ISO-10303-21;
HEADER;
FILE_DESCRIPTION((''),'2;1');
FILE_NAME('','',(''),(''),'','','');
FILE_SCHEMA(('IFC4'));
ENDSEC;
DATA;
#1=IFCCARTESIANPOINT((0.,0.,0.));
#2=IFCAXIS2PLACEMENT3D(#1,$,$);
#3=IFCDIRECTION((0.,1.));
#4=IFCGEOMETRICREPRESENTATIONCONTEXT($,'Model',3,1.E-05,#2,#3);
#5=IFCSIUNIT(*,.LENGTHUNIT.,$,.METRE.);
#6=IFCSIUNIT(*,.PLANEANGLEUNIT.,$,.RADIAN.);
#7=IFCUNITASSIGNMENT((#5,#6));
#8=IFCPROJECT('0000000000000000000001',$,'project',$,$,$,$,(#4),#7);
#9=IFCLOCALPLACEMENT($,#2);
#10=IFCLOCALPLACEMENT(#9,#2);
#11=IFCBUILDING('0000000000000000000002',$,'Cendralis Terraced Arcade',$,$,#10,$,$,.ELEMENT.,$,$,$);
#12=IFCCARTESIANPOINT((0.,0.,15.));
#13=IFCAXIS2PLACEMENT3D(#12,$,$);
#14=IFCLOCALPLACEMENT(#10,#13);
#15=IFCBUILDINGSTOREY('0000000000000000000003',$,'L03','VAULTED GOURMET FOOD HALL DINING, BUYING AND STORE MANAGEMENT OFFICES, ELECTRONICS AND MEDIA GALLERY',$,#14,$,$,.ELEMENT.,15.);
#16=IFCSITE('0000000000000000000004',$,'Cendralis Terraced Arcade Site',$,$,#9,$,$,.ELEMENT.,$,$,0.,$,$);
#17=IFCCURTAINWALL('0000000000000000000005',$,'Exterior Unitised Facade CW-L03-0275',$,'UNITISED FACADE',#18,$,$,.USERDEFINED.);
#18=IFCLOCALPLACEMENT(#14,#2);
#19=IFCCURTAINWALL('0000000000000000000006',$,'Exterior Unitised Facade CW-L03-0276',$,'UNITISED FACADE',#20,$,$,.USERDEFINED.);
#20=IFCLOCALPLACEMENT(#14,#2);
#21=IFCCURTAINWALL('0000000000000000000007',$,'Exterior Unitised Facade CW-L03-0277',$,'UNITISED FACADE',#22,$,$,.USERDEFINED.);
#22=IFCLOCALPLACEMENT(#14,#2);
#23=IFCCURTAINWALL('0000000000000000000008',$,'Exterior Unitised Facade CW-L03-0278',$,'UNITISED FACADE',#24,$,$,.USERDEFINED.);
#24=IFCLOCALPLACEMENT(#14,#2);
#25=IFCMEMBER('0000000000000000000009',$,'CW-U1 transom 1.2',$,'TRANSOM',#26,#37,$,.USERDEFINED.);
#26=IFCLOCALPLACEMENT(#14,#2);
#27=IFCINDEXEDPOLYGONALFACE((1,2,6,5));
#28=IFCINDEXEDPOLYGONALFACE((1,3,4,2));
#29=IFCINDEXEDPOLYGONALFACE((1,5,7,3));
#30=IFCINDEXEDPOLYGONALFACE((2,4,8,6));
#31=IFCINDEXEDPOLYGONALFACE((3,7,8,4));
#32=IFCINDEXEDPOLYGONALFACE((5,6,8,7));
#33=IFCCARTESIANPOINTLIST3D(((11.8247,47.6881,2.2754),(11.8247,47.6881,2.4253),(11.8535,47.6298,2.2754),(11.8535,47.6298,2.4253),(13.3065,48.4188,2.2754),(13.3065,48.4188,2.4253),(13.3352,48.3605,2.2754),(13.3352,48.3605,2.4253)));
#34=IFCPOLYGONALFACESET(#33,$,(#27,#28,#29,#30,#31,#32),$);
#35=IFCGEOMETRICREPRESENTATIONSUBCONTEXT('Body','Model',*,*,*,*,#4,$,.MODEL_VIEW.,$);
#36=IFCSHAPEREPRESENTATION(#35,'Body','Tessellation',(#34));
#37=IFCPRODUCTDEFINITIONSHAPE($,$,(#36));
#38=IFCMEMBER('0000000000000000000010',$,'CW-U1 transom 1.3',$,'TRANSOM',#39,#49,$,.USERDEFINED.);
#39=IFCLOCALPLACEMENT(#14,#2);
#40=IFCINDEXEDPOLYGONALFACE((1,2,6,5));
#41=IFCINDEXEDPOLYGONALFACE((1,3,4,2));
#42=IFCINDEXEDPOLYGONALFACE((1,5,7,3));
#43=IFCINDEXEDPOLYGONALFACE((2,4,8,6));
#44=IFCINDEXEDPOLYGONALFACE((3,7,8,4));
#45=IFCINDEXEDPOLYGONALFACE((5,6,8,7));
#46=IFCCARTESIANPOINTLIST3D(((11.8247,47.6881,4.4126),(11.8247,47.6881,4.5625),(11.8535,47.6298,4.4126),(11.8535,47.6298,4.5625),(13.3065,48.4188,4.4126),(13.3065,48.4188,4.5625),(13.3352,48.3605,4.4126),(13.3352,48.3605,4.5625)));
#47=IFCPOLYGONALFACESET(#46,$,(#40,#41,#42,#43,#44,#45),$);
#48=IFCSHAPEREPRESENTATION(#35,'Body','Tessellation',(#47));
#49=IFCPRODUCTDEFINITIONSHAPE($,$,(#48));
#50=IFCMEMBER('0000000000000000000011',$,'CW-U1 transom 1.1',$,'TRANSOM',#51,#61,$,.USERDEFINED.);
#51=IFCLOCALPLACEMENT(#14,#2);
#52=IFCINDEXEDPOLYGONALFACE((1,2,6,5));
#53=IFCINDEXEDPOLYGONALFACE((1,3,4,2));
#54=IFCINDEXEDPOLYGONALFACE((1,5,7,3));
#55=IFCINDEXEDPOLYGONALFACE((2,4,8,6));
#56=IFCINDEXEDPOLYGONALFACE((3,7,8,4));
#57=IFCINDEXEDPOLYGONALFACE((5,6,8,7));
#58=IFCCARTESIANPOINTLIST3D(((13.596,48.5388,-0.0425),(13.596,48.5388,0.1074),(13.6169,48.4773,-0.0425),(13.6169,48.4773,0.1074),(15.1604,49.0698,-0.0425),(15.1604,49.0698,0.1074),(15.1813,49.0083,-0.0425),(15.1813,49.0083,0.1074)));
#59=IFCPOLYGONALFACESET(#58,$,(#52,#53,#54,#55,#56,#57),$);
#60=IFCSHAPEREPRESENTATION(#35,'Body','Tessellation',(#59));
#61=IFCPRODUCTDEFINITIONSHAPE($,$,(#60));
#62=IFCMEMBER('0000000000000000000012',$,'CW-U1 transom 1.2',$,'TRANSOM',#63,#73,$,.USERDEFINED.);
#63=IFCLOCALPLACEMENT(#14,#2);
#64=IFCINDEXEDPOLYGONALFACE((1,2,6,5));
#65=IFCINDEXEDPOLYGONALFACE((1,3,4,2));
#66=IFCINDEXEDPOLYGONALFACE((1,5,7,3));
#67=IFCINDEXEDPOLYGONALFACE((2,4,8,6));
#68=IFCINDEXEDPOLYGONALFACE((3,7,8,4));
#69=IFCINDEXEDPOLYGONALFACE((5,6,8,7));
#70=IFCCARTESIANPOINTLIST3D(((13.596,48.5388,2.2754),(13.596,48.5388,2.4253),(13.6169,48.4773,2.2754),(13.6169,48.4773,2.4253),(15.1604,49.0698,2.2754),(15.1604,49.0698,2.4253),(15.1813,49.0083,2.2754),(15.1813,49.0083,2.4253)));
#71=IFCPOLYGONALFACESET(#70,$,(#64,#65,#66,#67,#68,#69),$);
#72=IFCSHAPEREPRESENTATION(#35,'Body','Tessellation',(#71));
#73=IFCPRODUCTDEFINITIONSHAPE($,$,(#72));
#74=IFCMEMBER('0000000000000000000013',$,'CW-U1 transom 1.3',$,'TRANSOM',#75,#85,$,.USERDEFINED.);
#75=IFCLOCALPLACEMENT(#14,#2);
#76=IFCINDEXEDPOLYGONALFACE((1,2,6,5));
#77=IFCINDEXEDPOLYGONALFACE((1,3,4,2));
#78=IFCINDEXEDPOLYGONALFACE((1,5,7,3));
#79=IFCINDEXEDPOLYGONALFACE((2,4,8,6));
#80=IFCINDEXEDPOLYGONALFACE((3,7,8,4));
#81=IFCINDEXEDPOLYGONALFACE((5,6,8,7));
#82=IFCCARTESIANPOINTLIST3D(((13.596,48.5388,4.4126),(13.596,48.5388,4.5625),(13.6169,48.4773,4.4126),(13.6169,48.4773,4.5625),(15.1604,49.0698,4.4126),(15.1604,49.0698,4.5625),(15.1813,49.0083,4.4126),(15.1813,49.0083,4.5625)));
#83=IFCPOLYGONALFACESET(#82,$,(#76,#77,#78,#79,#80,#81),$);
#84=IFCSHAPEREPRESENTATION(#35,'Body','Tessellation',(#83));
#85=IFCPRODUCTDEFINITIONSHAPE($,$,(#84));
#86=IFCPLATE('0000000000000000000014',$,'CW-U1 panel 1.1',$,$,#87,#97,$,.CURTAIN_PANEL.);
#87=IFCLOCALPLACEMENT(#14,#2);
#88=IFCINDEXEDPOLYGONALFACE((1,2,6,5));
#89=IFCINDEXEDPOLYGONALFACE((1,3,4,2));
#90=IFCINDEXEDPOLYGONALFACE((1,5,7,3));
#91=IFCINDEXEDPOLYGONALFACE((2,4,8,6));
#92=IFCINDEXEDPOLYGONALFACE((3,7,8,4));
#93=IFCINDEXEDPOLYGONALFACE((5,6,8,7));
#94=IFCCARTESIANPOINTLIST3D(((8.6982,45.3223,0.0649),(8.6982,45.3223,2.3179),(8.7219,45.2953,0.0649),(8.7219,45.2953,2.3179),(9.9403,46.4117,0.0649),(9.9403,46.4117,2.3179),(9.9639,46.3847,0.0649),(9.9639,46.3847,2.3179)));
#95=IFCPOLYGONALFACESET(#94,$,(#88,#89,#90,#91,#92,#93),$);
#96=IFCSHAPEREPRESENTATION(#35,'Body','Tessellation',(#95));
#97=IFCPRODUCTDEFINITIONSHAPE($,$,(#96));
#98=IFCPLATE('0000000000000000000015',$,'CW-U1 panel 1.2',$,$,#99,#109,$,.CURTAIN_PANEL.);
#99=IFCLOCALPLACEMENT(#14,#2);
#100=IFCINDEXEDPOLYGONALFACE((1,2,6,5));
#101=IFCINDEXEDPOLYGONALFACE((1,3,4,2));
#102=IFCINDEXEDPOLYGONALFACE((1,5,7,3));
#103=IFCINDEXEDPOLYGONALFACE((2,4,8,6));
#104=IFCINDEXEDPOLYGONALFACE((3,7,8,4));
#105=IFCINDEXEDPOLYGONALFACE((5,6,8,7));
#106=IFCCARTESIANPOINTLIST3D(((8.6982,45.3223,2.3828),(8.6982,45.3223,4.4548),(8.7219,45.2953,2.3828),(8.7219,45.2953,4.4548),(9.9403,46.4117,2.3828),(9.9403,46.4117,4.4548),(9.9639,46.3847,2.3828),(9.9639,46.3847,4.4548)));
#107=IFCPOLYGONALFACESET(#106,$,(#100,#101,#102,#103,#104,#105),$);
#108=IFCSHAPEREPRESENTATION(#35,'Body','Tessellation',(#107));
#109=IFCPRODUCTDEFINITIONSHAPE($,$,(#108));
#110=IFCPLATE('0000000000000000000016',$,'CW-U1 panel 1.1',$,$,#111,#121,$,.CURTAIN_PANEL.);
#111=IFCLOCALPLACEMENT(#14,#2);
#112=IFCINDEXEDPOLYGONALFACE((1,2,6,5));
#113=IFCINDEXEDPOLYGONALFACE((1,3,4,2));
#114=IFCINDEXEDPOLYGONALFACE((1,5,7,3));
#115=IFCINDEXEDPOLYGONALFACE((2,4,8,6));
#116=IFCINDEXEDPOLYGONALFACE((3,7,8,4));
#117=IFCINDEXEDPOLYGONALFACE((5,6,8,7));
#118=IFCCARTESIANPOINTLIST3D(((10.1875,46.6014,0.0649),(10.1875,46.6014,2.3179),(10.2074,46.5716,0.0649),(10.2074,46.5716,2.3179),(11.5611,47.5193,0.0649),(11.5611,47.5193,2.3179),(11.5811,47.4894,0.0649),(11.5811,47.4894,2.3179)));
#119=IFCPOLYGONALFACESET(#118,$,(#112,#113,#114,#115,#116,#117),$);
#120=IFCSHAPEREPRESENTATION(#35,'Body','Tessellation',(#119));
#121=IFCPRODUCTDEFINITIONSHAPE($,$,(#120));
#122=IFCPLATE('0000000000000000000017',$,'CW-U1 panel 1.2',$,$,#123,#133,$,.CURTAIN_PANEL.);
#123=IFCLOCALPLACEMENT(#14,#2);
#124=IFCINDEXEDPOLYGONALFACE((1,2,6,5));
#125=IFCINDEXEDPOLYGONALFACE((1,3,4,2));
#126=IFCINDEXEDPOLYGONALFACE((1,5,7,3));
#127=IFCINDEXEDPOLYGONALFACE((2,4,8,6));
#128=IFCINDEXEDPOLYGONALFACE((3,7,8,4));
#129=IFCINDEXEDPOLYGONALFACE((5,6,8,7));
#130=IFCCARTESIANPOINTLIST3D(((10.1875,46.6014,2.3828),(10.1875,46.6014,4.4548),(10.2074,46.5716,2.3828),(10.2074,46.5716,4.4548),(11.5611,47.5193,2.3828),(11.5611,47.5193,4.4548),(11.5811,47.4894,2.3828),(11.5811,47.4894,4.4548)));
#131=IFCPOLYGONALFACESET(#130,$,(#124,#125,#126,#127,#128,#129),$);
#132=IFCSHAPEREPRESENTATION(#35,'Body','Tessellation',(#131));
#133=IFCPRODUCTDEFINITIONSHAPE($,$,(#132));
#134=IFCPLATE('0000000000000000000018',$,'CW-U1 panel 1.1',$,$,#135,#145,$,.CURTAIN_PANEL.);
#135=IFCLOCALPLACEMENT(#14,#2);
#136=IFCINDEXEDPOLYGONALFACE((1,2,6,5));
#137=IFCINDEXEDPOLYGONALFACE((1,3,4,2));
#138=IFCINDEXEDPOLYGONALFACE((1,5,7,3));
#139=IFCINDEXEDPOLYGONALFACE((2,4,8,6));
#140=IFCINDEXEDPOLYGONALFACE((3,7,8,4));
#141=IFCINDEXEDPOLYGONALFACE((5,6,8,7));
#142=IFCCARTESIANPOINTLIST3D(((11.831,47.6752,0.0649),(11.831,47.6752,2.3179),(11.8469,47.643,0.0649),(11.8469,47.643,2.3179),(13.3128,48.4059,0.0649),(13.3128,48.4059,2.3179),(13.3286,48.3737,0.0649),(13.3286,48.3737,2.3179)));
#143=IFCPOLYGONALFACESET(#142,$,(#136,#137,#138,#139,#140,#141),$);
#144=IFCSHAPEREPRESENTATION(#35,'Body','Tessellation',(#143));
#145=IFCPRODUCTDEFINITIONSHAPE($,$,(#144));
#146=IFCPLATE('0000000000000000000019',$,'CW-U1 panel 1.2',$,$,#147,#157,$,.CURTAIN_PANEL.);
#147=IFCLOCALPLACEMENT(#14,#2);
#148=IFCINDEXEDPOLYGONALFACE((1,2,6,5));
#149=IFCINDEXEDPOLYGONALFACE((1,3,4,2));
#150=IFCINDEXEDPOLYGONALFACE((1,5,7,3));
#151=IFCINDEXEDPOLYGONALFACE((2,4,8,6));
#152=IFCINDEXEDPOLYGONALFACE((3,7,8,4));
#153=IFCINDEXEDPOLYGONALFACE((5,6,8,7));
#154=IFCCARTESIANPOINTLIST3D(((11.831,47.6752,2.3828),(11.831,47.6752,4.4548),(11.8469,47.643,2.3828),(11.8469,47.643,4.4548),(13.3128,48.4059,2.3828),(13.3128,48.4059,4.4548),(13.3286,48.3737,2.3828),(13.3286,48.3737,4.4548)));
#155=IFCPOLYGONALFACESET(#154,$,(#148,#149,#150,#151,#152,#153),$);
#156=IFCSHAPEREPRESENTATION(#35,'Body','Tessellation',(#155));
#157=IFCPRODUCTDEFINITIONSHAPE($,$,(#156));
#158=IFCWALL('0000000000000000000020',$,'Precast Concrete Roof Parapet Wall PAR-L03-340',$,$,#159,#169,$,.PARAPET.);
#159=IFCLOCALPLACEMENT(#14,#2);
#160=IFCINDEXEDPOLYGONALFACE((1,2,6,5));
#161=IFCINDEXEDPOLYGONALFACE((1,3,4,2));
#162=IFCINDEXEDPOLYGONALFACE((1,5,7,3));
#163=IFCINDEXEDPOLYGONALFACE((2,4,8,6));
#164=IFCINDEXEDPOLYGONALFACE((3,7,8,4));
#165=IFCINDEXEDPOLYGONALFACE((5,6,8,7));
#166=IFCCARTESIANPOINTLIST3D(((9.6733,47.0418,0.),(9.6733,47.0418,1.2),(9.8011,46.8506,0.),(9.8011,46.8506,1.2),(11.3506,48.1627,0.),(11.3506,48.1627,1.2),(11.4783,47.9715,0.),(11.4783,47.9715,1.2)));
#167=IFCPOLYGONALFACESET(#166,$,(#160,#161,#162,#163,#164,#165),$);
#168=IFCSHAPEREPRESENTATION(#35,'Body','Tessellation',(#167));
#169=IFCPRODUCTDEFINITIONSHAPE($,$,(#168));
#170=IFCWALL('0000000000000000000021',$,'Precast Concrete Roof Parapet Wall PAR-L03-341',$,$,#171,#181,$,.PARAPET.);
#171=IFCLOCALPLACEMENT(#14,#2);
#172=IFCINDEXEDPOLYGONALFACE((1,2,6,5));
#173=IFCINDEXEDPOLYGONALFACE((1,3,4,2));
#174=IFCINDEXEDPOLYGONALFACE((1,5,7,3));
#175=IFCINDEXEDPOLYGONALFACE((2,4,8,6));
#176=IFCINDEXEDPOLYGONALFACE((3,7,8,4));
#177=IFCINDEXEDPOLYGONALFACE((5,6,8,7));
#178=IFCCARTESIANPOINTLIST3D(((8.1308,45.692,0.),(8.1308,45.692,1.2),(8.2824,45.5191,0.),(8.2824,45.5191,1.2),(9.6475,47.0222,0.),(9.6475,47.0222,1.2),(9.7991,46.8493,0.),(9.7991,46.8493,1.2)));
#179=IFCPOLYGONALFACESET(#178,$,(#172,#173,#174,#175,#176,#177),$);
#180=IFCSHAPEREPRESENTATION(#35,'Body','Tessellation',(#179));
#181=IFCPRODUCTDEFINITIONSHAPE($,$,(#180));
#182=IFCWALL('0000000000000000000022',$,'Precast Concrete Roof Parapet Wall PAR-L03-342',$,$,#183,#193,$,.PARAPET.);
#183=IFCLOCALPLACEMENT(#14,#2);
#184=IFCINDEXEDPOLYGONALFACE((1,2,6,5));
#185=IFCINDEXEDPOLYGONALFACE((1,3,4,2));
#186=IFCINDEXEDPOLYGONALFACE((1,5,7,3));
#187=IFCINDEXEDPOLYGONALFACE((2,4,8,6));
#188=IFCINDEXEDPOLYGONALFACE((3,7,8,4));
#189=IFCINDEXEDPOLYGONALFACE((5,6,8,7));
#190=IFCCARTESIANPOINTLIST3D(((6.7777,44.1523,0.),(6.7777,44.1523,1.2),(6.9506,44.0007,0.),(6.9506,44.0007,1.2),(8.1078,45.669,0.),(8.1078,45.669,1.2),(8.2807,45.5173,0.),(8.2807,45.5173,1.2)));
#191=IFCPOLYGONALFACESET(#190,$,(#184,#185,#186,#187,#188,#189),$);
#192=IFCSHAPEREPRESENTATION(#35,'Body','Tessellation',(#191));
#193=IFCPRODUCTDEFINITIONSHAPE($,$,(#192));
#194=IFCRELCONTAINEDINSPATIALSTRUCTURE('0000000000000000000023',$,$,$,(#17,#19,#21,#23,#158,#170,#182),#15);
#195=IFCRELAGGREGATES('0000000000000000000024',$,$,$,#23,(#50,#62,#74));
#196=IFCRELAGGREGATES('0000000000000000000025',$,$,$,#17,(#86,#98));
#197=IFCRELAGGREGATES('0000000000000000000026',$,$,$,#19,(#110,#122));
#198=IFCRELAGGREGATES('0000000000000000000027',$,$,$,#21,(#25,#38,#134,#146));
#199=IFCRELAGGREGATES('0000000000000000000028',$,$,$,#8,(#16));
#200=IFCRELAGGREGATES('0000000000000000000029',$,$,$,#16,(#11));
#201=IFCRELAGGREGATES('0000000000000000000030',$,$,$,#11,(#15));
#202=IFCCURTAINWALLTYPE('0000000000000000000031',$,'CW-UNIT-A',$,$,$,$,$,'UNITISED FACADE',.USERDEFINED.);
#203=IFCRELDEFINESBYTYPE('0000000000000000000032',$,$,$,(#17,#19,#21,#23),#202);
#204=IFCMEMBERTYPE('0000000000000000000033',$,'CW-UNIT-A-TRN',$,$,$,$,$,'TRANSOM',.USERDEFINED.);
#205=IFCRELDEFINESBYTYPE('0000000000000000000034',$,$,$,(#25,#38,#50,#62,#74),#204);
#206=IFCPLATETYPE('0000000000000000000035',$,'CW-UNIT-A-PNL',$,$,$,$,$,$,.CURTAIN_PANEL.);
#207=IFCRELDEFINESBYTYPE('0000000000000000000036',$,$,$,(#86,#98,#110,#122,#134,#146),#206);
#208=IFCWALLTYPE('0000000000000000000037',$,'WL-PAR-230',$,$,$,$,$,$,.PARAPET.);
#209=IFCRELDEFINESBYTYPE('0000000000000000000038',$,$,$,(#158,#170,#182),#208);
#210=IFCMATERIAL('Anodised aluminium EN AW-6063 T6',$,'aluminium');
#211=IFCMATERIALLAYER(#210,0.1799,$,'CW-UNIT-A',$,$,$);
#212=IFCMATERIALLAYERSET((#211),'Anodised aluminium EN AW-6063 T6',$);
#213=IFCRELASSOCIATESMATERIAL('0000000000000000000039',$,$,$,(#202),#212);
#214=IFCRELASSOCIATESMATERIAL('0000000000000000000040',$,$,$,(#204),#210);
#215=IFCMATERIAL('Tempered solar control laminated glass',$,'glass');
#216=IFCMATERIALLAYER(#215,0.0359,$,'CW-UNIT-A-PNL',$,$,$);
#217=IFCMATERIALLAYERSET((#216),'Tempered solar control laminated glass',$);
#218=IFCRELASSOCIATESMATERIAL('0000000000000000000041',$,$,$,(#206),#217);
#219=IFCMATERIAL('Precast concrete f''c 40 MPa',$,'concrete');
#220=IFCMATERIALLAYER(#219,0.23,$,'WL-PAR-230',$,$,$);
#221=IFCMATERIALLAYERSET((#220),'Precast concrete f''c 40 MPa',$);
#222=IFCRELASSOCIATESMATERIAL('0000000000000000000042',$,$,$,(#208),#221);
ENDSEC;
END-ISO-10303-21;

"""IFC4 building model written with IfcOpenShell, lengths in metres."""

from ifc_helpers import new_model, si_unit, direction, frame, frame_2d, origin, origin_2d, place, context, subcontext, project, spatial, rectangle, extrude, material, layer, layer_set, material_profile, profile_set, type_object, element, aggregate, save


model = new_model("IFC4")

# Units and contexts
model_context = context("Model", 3, precision=1e-05, world=origin(), true_north=direction((0.0, 1.0)))
body_context = subcontext(model_context, "Body", "Model", "MODEL_VIEW")
ifc_project = project(units=[si_unit("LENGTHUNIT", "METRE"), si_unit("PLANEANGLEUNIT", "RADIAN")], contexts=[model_context])

# Site, building, storey
site_placement = place(None, origin())
site = spatial("IfcSite", under=ifc_project, at=site_placement, Name="Cendralis Terraced Arcade Site", CompositionType="ELEMENT", RefElevation=0.0)
building_placement = place(site_placement, origin())
building = spatial("IfcBuilding", under=site, at=building_placement, Name="Cendralis Terraced Arcade", CompositionType="ELEMENT")
storey_placement = place(building_placement, frame((0.0, 0.0, 15.0)))
storey = spatial("IfcBuildingStorey", under=building, at=storey_placement, Name="L03", Description="VAULTED GOURMET FOOD HALL DINING, BUYING AND STORE MANAGEMENT OFFICES, ELECTRONICS AND MEDIA GALLERY", CompositionType="ELEMENT", Elevation=15.0)

# Curtain walls
ifc_material_1 = material(Name="Anodised aluminium EN AW-6063 T6", Category="aluminium")
ifc_layer_1 = layer(ifc_material_1, 0.1799, Name="CW-UNIT-A")
ifc_layer_set_1 = layer_set([ifc_layer_1], Name="Anodised aluminium EN AW-6063 T6")
curtain_wall_type = type_object("IfcCurtainWallType", Name="CW-UNIT-A", ElementType="UNITISED FACADE", PredefinedType="USERDEFINED", material=ifc_layer_set_1)
curtain_wall_1_placement = place(storey_placement, origin())
curtain_wall_1 = element("IfcCurtainWall", 1, at=curtain_wall_1_placement, inside=storey, type_object=curtain_wall_type, Name="Exterior Unitised Facade CW-L03-0275", ObjectType="UNITISED FACADE", PredefinedType="USERDEFINED")
curtain_wall_2_placement = place(storey_placement, origin())
curtain_wall_2 = element("IfcCurtainWall", 2, at=curtain_wall_2_placement, inside=storey, type_object=curtain_wall_type, Name="Exterior Unitised Facade CW-L03-0276", ObjectType="UNITISED FACADE", PredefinedType="USERDEFINED")
curtain_wall_3_placement = place(storey_placement, origin())
curtain_wall_3 = element("IfcCurtainWall", 3, at=curtain_wall_3_placement, inside=storey, type_object=curtain_wall_type, Name="Exterior Unitised Facade CW-L03-0277", ObjectType="UNITISED FACADE", PredefinedType="USERDEFINED")

# Curtain wall
curtain_wall_4_placement = place(storey_placement, origin())
curtain_wall_4 = element("IfcCurtainWall", 4, at=curtain_wall_4_placement, inside=storey, type_object=curtain_wall_type, Name="Exterior Unitised Facade CW-L03-0278", ObjectType="UNITISED FACADE", PredefinedType="USERDEFINED")

# Members
ifc_material_profile_1 = material_profile(ifc_material_1, rectangle(XDim=0.0649, YDim=0.1499, at=origin_2d()), Name="ALU-TRN-65x150")
ifc_profile_set_1 = profile_set([ifc_material_profile_1], Name="Anodised aluminium EN AW-6063 T6")
member_type_1 = type_object("IfcMemberType", Name="CW-UNIT-A-TRN", ElementType="TRANSOM", PredefinedType="USERDEFINED", material=ifc_profile_set_1)
member_1_placement = place(storey_placement, frame((11.8391, 47.6589, 2.3503), z_axis=(0.896867, 0.442301, 0.0), x_axis=(-0.442301, 0.896867, 0.0)))
member_1 = element("IfcMember", 5, at=member_1_placement, type_object=member_type_1, Name="CW-U1 transom 1.2", ObjectType="TRANSOM", PredefinedType="USERDEFINED", context=body_context, shape_type="SweptSolid", body=[
    extrude(rectangle(XDim=0.0649, YDim=0.1499, at=origin_2d()), origin(), (0.0, 0.0, 1.0), 1.6521),
])
member_2_placement = place(storey_placement, frame((11.8391, 47.6589, 4.4875), z_axis=(0.896867, 0.442301, 0.0), x_axis=(-0.442301, 0.896867, 0.0)))
member_2 = element("IfcMember", 6, at=member_2_placement, type_object=member_type_1, Name="CW-U1 transom 1.3", ObjectType="TRANSOM", PredefinedType="USERDEFINED", context=body_context, shape_type="SweptSolid", body=[
    extrude(rectangle(XDim=0.0649, YDim=0.1499, at=origin_2d()), origin(), (0.0, 0.0, 1.0), 1.6521),
])
member_3_placement = place(storey_placement, frame((13.6064, 48.5081, 0.0325), z_axis=(0.94694, 0.32141, 0.0), x_axis=(-0.32141, 0.94694, 0.0)))
member_3 = element("IfcMember", 7, at=member_3_placement, type_object=member_type_1, Name="CW-U1 transom 1.1", ObjectType="TRANSOM", PredefinedType="USERDEFINED", context=body_context, shape_type="SweptSolid", body=[
    extrude(rectangle(XDim=0.0649, YDim=0.1499, at=origin_2d()), origin(), (0.0, 0.0, 1.0), 1.6521),
])
member_4_placement = place(storey_placement, frame((13.6064, 48.5081, 2.3503), z_axis=(0.94694, 0.32141, 0.0), x_axis=(-0.32141, 0.94694, 0.0)))
member_4 = element("IfcMember", 8, at=member_4_placement, type_object=member_type_1, Name="CW-U1 transom 1.2", ObjectType="TRANSOM", PredefinedType="USERDEFINED", context=body_context, shape_type="SweptSolid", body=[
    extrude(rectangle(XDim=0.0649, YDim=0.1499, at=origin_2d()), origin(), (0.0, 0.0, 1.0), 1.6521),
])
member_5_placement = place(storey_placement, frame((13.6064, 48.5081, 4.4875), z_axis=(0.94694, 0.32141, 0.0), x_axis=(-0.32141, 0.94694, 0.0)))
member_5 = element("IfcMember", 9, at=member_5_placement, type_object=member_type_1, Name="CW-U1 transom 1.3", ObjectType="TRANSOM", PredefinedType="USERDEFINED", context=body_context, shape_type="SweptSolid", body=[
    extrude(rectangle(XDim=0.0649, YDim=0.1499, at=origin_2d()), origin(), (0.0, 0.0, 1.0), 1.6521),
])
aggregate(curtain_wall_4, [member_3, member_4, member_5])

# Plates
ifc_material_2 = material(Name="Tempered solar control laminated glass", Category="glass")
ifc_layer_2 = layer(ifc_material_2, 0.0359, Name="CW-UNIT-A-PNL")
ifc_layer_set_2 = layer_set([ifc_layer_2], Name="Tempered solar control laminated glass")
plate_type = type_object("IfcPlateType", Name="CW-UNIT-A-PNL", PredefinedType="CURTAIN_PANEL", material=ifc_layer_set_2)
plate_1_placement = place(storey_placement, frame((9.3311, 45.8535, 0.0649), z_axis=(0.0, 0.0, 1.0), x_axis=(0.751804, 0.659386, 0.0)))
plate_1 = element("IfcPlate", 10, at=plate_1_placement, type_object=plate_type, Name="CW-U1 panel 1.1", PredefinedType="CURTAIN_PANEL", context=body_context, shape_type="SweptSolid", body=[
    extrude(rectangle(XDim=1.6521, YDim=0.0359, at=origin_2d()), origin(), (0.0, 0.0, 1.0), 2.2529),
])
plate_2_placement = place(storey_placement, frame((9.3311, 45.8535, 2.3828), z_axis=(0.0, 0.0, 1.0), x_axis=(0.751804, 0.659386, 0.0)))
plate_2 = element("IfcPlate", 11, at=plate_2_placement, type_object=plate_type, Name="CW-U1 panel 1.2", PredefinedType="CURTAIN_PANEL", context=body_context, shape_type="SweptSolid", body=[
    extrude(rectangle(XDim=1.6521, YDim=0.0359, at=origin_2d()), origin(), (0.0, 0.0, 1.0), 2.072),
])
aggregate(curtain_wall_1, [plate_1, plate_2])
plate_3_placement = place(storey_placement, frame((10.8843, 47.0454, 0.0649), z_axis=(0.0, 0.0, 1.0), x_axis=(0.831471, 0.555567, 0.0)))
plate_3 = element("IfcPlate", 12, at=plate_3_placement, type_object=plate_type, Name="CW-U1 panel 1.1", PredefinedType="CURTAIN_PANEL", context=body_context, shape_type="SweptSolid", body=[
    extrude(rectangle(XDim=1.6521, YDim=0.0359, at=origin_2d()), origin(), (0.0, 0.0, 1.0), 2.2529),
])
plate_4_placement = place(storey_placement, frame((10.8843, 47.0454, 2.3828), z_axis=(0.0, 0.0, 1.0), x_axis=(0.831471, 0.555567, 0.0)))
plate_4 = element("IfcPlate", 13, at=plate_4_placement, type_object=plate_type, Name="CW-U1 panel 1.2", PredefinedType="CURTAIN_PANEL", context=body_context, shape_type="SweptSolid", body=[
    extrude(rectangle(XDim=1.6521, YDim=0.0359, at=origin_2d()), origin(), (0.0, 0.0, 1.0), 2.072),
])
aggregate(curtain_wall_2, [plate_3, plate_4])
plate_5_placement = place(storey_placement, frame((12.5798, 48.0244, 0.0649), z_axis=(0.0, 0.0, 1.0), x_axis=(0.896871, 0.442291, 0.0)))
plate_5 = element("IfcPlate", 14, at=plate_5_placement, type_object=plate_type, Name="CW-U1 panel 1.1", PredefinedType="CURTAIN_PANEL", context=body_context, shape_type="SweptSolid", body=[
    extrude(rectangle(XDim=1.6521, YDim=0.0359, at=origin_2d()), origin(), (0.0, 0.0, 1.0), 2.2529),
])
plate_6_placement = place(storey_placement, frame((12.5798, 48.0244, 2.3828), z_axis=(0.0, 0.0, 1.0), x_axis=(0.896871, 0.442291, 0.0)))
plate_6 = element("IfcPlate", 15, at=plate_6_placement, type_object=plate_type, Name="CW-U1 panel 1.2", PredefinedType="CURTAIN_PANEL", context=body_context, shape_type="SweptSolid", body=[
    extrude(rectangle(XDim=1.6521, YDim=0.0359, at=origin_2d()), origin(), (0.0, 0.0, 1.0), 2.072),
])
aggregate(curtain_wall_3, [member_1, member_2, plate_5, plate_6])

# Walls
ifc_material_3 = material(Name="Precast concrete f'c 40 MPa", Category="concrete")
ifc_layer_3 = layer(ifc_material_3, 0.23, Name="WL-PAR-230")
ifc_layer_set_3 = layer_set([ifc_layer_3], Name="Precast concrete f'c 40 MPa")
wall_type = type_object("IfcWallType", Name="WL-PAR-230", PredefinedType="PARAPET", material=ifc_layer_set_3)
for number, where, z_axis, x_axis, name in (
    (16, (11.4146, 48.0671, 0.0), (0.0, 0.0, 1.0), (-0.831435, -0.555622, 0.0), "Precast Concrete Roof Parapet Wall PAR-L03-340"),
    (17, (9.7234, 46.9358, 0.0), (0.0, 0.0, 1.0), (-0.751826, -0.659361, 0.0), "Precast Concrete Roof Parapet Wall PAR-L03-341"),
    (18, (8.1943, 45.5933, 0.0), (0.0, 0.0, 1.0), (-0.659361, -0.751826, 0.0), "Precast Concrete Roof Parapet Wall PAR-L03-342"),
):
    element("IfcWall", number, at=place(storey_placement, frame(where, z_axis=z_axis, x_axis=x_axis)), inside=storey, type_object=wall_type, Name=name, PredefinedType="PARAPET", context=body_context, shape_type="SweptSolid", body=[
        extrude(rectangle(XDim=2.0173, YDim=0.23, at=frame_2d((1.0088, 0.0))), origin(), (0.0, 0.0, 1.0), 1.2),
    ])

save(model, "model.ifc")
